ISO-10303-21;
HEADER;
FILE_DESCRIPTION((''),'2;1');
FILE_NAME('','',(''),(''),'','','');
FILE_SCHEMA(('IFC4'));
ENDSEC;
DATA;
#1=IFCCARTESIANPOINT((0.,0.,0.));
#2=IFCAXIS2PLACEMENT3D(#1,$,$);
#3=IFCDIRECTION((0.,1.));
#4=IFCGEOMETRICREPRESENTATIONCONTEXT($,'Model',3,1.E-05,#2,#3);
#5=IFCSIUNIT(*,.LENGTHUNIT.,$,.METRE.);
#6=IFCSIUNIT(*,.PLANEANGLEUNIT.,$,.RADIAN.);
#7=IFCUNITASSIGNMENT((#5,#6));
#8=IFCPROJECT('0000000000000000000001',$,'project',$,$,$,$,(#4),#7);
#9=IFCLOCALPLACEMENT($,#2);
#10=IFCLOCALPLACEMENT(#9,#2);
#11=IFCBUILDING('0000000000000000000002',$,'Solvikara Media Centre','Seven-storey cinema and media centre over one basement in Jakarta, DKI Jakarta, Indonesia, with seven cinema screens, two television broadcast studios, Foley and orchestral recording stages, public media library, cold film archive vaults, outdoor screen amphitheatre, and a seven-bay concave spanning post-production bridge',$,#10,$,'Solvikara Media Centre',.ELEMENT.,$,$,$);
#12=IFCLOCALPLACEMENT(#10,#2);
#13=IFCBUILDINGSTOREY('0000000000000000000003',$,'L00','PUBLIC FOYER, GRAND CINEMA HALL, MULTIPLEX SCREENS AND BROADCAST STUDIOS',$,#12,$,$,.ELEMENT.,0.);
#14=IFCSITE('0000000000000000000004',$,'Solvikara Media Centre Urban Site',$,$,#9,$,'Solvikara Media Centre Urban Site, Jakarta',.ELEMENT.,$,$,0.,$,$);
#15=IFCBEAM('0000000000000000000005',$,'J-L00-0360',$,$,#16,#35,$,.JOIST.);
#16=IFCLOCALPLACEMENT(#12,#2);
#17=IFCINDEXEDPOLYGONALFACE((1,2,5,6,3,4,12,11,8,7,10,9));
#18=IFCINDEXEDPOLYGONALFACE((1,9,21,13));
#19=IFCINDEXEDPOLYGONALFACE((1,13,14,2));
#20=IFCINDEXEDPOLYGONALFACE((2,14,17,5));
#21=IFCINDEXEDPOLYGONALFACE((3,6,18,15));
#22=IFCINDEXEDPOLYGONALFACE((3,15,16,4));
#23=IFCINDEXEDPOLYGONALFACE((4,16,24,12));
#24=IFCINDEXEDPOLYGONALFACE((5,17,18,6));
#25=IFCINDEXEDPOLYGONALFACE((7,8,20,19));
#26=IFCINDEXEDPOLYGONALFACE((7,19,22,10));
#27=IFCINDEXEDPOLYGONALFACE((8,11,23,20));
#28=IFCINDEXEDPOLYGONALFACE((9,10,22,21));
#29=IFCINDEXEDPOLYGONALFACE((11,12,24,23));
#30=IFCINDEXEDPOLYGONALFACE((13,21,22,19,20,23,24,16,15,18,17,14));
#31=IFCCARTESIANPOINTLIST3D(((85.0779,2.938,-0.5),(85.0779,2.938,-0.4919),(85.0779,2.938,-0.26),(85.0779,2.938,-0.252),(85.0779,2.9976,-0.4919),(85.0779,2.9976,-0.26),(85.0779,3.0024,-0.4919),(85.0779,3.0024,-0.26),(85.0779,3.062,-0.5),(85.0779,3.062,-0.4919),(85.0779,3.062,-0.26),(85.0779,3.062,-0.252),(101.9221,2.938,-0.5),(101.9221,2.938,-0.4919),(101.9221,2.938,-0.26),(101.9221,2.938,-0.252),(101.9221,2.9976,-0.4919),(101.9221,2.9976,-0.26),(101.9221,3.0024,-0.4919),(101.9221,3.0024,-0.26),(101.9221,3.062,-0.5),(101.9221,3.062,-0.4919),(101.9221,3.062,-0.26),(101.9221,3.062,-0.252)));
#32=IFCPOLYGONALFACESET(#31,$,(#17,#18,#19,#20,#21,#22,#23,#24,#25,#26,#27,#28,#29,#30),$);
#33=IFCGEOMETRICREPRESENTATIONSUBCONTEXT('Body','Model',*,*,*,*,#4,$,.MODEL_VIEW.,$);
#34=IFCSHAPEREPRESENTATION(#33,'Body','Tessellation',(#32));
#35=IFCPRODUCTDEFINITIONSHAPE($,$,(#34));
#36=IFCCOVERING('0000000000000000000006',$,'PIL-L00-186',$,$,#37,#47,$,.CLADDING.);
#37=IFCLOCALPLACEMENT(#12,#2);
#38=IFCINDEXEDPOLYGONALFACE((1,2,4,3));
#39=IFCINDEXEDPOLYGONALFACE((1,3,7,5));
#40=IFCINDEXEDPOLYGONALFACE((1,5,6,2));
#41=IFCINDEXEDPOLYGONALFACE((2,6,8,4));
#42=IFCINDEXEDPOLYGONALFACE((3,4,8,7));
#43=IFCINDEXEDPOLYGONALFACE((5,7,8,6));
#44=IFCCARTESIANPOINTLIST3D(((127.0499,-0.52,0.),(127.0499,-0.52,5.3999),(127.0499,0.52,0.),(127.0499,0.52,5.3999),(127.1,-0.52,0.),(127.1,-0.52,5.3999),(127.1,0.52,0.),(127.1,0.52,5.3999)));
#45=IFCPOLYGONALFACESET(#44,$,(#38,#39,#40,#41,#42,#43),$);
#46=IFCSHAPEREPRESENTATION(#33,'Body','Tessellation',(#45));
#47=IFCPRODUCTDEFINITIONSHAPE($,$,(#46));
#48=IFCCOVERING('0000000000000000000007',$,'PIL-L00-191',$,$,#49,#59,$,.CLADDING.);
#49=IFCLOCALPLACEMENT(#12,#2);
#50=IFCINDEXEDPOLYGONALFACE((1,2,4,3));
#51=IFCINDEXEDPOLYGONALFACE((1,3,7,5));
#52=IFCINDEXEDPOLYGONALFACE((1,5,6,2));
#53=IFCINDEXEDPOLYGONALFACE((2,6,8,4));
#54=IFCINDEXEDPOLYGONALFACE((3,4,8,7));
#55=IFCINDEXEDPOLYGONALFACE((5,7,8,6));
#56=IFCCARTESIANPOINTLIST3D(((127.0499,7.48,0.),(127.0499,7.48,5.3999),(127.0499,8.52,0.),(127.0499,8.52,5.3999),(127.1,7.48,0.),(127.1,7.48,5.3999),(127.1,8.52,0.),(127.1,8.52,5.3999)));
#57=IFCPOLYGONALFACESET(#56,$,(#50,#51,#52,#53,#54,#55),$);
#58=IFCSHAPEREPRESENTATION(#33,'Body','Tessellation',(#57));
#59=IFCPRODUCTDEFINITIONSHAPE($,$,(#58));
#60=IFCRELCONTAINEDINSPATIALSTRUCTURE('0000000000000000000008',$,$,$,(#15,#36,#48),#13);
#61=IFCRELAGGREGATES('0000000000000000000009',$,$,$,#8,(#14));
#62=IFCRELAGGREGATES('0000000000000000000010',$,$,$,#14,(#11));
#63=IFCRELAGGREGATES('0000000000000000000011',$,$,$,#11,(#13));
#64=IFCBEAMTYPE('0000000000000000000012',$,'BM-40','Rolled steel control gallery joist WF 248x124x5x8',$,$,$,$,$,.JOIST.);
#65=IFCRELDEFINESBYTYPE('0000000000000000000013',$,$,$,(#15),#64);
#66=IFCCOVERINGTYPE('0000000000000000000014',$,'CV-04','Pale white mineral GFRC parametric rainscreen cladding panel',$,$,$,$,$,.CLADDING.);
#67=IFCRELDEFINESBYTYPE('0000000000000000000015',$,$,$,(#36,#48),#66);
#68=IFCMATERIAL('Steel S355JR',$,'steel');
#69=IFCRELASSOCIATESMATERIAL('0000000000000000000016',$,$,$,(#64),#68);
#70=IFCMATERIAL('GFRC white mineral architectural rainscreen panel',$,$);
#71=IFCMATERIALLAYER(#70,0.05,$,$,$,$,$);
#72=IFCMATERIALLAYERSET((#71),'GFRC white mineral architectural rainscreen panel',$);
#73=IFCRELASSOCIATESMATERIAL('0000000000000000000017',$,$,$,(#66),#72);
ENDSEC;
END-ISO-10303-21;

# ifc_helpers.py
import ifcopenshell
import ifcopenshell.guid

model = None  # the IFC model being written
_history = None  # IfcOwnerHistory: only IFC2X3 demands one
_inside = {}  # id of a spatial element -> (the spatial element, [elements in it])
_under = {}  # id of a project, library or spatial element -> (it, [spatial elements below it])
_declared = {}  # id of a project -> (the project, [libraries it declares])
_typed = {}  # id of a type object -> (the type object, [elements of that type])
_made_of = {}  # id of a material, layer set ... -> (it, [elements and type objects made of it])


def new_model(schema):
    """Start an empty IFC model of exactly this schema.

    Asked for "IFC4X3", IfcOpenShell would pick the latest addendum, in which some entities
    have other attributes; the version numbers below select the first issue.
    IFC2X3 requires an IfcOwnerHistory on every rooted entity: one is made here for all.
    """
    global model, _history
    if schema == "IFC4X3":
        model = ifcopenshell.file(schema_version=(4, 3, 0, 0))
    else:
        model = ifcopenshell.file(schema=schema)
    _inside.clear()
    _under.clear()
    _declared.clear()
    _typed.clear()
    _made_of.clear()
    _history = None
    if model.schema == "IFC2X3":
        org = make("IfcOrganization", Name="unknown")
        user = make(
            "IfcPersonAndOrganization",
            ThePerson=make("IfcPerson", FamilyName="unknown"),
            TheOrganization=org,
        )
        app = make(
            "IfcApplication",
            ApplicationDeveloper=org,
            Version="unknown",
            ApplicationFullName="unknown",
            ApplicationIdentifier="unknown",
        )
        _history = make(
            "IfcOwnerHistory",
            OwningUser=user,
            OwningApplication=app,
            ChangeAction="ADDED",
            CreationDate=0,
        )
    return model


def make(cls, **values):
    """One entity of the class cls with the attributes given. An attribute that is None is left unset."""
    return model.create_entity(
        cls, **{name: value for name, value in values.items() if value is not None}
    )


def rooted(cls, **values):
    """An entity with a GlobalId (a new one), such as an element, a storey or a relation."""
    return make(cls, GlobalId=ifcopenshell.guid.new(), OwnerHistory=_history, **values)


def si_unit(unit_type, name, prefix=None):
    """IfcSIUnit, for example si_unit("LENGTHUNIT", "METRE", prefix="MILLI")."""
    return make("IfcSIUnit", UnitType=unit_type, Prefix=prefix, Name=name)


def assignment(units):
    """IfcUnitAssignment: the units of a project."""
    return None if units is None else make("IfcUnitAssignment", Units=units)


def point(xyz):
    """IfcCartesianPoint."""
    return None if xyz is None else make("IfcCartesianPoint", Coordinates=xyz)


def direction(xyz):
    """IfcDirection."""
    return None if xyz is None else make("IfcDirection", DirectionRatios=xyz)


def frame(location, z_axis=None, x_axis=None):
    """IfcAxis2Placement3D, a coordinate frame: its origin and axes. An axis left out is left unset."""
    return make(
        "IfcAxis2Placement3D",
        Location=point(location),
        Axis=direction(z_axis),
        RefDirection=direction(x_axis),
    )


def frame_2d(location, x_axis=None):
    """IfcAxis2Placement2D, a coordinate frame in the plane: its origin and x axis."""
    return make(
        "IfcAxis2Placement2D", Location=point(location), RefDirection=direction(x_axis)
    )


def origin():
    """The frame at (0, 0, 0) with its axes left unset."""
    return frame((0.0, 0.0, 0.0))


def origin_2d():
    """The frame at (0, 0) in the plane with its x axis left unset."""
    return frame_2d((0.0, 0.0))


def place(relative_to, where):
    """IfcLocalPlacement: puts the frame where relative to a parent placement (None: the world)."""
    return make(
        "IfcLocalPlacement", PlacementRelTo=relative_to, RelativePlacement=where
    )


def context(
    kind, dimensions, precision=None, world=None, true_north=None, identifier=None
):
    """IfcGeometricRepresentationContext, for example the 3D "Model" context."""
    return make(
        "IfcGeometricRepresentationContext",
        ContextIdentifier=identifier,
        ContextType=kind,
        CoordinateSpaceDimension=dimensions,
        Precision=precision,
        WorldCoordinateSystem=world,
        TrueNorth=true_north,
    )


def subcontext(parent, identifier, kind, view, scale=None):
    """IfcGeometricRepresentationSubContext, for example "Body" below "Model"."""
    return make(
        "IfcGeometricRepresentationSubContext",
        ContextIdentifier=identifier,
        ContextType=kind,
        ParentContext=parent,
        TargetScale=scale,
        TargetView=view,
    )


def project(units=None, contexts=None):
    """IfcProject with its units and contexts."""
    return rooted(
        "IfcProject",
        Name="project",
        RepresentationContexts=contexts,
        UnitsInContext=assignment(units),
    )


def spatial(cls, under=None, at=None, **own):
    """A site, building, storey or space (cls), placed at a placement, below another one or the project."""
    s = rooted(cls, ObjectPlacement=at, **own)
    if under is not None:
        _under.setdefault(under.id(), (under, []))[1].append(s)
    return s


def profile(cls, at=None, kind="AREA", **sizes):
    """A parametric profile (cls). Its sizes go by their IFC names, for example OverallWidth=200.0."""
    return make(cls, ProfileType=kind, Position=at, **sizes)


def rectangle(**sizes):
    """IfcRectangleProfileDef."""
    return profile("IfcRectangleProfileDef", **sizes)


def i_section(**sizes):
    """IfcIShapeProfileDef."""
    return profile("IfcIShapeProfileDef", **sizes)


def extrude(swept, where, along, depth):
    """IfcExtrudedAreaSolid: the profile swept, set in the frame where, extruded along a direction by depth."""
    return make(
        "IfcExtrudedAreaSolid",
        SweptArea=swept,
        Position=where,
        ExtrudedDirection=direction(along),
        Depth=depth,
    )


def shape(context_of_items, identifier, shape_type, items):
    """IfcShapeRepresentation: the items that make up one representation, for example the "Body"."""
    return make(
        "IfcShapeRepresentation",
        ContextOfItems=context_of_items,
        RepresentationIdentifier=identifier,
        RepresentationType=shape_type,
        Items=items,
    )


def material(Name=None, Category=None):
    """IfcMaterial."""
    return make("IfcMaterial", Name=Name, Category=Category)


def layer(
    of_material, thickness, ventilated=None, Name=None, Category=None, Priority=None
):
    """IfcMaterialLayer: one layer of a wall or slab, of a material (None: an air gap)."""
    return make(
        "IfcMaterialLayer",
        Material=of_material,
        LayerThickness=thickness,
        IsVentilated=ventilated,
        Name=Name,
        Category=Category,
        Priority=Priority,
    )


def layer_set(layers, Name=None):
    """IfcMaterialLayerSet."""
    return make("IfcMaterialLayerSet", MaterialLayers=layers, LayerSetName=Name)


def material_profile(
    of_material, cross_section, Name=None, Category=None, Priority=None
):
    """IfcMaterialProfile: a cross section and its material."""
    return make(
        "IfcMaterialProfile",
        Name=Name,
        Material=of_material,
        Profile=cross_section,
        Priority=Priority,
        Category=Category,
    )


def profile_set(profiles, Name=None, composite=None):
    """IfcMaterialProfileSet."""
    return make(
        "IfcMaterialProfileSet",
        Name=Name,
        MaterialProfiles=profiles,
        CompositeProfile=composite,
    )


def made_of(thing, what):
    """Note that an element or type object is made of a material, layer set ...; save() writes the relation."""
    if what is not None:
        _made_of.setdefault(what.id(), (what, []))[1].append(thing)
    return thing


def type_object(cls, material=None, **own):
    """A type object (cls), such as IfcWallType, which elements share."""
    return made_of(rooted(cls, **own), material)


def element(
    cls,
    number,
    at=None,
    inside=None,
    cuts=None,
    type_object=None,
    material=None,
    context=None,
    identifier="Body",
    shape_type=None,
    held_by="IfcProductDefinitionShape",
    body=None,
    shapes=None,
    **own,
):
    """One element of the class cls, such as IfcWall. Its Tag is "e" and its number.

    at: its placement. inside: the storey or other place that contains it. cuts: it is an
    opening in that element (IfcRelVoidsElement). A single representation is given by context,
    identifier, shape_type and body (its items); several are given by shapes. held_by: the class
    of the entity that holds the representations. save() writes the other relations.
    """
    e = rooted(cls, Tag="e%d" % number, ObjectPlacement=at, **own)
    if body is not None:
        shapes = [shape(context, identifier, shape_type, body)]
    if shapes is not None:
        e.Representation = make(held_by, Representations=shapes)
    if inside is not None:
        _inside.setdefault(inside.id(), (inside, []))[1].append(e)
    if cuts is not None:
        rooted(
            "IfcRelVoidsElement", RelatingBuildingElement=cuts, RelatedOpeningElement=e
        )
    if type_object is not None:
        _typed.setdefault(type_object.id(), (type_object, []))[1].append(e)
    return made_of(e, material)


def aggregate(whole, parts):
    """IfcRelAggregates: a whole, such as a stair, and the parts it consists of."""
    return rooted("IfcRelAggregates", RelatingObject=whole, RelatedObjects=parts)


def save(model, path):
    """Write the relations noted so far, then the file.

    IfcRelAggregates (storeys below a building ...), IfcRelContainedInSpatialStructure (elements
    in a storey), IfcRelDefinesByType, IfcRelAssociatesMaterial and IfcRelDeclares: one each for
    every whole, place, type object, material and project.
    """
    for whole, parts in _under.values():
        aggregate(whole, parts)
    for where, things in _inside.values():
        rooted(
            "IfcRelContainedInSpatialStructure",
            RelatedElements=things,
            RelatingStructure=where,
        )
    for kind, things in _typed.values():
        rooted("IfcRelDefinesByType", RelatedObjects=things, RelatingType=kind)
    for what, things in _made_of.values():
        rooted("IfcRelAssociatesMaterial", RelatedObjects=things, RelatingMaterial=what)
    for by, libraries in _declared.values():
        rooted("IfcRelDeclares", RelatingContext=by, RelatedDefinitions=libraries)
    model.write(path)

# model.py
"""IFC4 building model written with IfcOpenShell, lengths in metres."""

from ifc_helpers import new_model, si_unit, direction, frame, origin, origin_2d, place, context, subcontext, project, spatial, rectangle, i_section, extrude, material, layer, layer_set, material_profile, profile_set, type_object, element, save


model = new_model("IFC4")

# Units and contexts
model_context = context("Model", 3, precision=1e-05, world=origin(), true_north=direction((0.0, 1.0)))
body_context = subcontext(model_context, "Body", "Model", "MODEL_VIEW")
ifc_project = project(units=[si_unit("LENGTHUNIT", "METRE"), si_unit("PLANEANGLEUNIT", "RADIAN")], contexts=[model_context])

# Site, building, storey
site_placement = place(None, origin())
site = spatial("IfcSite", under=ifc_project, at=site_placement, Name="Solvikara Media Centre Urban Site", LongName="Solvikara Media Centre Urban Site, Jakarta", CompositionType="ELEMENT", RefElevation=0.0)
building_placement = place(site_placement, origin())
building = spatial("IfcBuilding", under=site, at=building_placement, Name="Solvikara Media Centre", Description="Seven-storey cinema and media centre over one basement in Jakarta, DKI Jakarta, Indonesia, with seven cinema screens, two television broadcast studios, Foley and orchestral recording stages, public media library, cold film archive vaults, outdoor screen amphitheatre, and a seven-bay concave spanning post-production bridge", LongName="Solvikara Media Centre", CompositionType="ELEMENT")
storey_placement = place(building_placement, origin())
storey = spatial("IfcBuildingStorey", under=building, at=storey_placement, Name="L00", Description="PUBLIC FOYER, GRAND CINEMA HALL, MULTIPLEX SCREENS AND BROADCAST STUDIOS", CompositionType="ELEMENT", Elevation=0.0)

# Beam
ifc_material_1 = material(Name="Steel S355JR", Category="steel")
ifc_material_profile_1 = material_profile(ifc_material_1, i_section(OverallWidth=0.124, OverallDepth=0.248, WebThickness=0.0049, FlangeThickness=0.0081, at=origin_2d()), Name="WF 248x124x5x8")
ifc_profile_set_1 = profile_set([ifc_material_profile_1], Name="Steel S355JR")
beam_type_1 = type_object("IfcBeamType", Name="BM-40", Description="Rolled steel control gallery joist WF 248x124x5x8", PredefinedType="JOIST", material=ifc_profile_set_1)
beam_1_placement = place(storey_placement, frame((85.0779, 3.0, -0.376), z_axis=(1.0, 0.0, 0.0), x_axis=(0.0, 1.0, 0.0)))
element("IfcBeam", 1, at=beam_1_placement, inside=storey, type_object=beam_type_1, Name="J-L00-0360", PredefinedType="JOIST", context=body_context, shape_type="SweptSolid", body=[
    extrude(i_section(OverallWidth=0.124, OverallDepth=0.248, WebThickness=0.0049, FlangeThickness=0.0081, at=origin_2d()), origin(), (0.0, 0.0, 1.0), 16.8442),
])

# Coverings
ifc_material_2 = material(Name="GFRC white mineral architectural rainscreen panel")
ifc_layer = layer(ifc_material_2, 0.05)
ifc_layer_set = layer_set([ifc_layer], Name="GFRC white mineral architectural rainscreen panel")
covering_type = type_object("IfcCoveringType", Name="CV-04", Description="Pale white mineral GFRC parametric rainscreen cladding panel", PredefinedType="CLADDING", material=ifc_layer_set)
for number, where, z_axis, x_axis, name in (
    (2, (127.075, 0.0, 0.0), (0.0, 0.0, 1.0), (0.0, -1.0, 0.0), "PIL-L00-186"),
    (3, (127.075, 8.0, 0.0), (0.0, 0.0, 1.0), (0.0, -1.0, 0.0), "PIL-L00-191"),
):
    element("IfcCovering", number, at=place(storey_placement, frame(where, z_axis=z_axis, x_axis=x_axis)), inside=storey, type_object=covering_type, Name=name, PredefinedType="CLADDING", context=body_context, shape_type="SweptSolid", body=[
        extrude(rectangle(XDim=1.04, YDim=0.05, at=origin_2d()), origin(), (0.0, 0.0, 1.0), 5.3999),
    ])

save(model, "model.ifc")
